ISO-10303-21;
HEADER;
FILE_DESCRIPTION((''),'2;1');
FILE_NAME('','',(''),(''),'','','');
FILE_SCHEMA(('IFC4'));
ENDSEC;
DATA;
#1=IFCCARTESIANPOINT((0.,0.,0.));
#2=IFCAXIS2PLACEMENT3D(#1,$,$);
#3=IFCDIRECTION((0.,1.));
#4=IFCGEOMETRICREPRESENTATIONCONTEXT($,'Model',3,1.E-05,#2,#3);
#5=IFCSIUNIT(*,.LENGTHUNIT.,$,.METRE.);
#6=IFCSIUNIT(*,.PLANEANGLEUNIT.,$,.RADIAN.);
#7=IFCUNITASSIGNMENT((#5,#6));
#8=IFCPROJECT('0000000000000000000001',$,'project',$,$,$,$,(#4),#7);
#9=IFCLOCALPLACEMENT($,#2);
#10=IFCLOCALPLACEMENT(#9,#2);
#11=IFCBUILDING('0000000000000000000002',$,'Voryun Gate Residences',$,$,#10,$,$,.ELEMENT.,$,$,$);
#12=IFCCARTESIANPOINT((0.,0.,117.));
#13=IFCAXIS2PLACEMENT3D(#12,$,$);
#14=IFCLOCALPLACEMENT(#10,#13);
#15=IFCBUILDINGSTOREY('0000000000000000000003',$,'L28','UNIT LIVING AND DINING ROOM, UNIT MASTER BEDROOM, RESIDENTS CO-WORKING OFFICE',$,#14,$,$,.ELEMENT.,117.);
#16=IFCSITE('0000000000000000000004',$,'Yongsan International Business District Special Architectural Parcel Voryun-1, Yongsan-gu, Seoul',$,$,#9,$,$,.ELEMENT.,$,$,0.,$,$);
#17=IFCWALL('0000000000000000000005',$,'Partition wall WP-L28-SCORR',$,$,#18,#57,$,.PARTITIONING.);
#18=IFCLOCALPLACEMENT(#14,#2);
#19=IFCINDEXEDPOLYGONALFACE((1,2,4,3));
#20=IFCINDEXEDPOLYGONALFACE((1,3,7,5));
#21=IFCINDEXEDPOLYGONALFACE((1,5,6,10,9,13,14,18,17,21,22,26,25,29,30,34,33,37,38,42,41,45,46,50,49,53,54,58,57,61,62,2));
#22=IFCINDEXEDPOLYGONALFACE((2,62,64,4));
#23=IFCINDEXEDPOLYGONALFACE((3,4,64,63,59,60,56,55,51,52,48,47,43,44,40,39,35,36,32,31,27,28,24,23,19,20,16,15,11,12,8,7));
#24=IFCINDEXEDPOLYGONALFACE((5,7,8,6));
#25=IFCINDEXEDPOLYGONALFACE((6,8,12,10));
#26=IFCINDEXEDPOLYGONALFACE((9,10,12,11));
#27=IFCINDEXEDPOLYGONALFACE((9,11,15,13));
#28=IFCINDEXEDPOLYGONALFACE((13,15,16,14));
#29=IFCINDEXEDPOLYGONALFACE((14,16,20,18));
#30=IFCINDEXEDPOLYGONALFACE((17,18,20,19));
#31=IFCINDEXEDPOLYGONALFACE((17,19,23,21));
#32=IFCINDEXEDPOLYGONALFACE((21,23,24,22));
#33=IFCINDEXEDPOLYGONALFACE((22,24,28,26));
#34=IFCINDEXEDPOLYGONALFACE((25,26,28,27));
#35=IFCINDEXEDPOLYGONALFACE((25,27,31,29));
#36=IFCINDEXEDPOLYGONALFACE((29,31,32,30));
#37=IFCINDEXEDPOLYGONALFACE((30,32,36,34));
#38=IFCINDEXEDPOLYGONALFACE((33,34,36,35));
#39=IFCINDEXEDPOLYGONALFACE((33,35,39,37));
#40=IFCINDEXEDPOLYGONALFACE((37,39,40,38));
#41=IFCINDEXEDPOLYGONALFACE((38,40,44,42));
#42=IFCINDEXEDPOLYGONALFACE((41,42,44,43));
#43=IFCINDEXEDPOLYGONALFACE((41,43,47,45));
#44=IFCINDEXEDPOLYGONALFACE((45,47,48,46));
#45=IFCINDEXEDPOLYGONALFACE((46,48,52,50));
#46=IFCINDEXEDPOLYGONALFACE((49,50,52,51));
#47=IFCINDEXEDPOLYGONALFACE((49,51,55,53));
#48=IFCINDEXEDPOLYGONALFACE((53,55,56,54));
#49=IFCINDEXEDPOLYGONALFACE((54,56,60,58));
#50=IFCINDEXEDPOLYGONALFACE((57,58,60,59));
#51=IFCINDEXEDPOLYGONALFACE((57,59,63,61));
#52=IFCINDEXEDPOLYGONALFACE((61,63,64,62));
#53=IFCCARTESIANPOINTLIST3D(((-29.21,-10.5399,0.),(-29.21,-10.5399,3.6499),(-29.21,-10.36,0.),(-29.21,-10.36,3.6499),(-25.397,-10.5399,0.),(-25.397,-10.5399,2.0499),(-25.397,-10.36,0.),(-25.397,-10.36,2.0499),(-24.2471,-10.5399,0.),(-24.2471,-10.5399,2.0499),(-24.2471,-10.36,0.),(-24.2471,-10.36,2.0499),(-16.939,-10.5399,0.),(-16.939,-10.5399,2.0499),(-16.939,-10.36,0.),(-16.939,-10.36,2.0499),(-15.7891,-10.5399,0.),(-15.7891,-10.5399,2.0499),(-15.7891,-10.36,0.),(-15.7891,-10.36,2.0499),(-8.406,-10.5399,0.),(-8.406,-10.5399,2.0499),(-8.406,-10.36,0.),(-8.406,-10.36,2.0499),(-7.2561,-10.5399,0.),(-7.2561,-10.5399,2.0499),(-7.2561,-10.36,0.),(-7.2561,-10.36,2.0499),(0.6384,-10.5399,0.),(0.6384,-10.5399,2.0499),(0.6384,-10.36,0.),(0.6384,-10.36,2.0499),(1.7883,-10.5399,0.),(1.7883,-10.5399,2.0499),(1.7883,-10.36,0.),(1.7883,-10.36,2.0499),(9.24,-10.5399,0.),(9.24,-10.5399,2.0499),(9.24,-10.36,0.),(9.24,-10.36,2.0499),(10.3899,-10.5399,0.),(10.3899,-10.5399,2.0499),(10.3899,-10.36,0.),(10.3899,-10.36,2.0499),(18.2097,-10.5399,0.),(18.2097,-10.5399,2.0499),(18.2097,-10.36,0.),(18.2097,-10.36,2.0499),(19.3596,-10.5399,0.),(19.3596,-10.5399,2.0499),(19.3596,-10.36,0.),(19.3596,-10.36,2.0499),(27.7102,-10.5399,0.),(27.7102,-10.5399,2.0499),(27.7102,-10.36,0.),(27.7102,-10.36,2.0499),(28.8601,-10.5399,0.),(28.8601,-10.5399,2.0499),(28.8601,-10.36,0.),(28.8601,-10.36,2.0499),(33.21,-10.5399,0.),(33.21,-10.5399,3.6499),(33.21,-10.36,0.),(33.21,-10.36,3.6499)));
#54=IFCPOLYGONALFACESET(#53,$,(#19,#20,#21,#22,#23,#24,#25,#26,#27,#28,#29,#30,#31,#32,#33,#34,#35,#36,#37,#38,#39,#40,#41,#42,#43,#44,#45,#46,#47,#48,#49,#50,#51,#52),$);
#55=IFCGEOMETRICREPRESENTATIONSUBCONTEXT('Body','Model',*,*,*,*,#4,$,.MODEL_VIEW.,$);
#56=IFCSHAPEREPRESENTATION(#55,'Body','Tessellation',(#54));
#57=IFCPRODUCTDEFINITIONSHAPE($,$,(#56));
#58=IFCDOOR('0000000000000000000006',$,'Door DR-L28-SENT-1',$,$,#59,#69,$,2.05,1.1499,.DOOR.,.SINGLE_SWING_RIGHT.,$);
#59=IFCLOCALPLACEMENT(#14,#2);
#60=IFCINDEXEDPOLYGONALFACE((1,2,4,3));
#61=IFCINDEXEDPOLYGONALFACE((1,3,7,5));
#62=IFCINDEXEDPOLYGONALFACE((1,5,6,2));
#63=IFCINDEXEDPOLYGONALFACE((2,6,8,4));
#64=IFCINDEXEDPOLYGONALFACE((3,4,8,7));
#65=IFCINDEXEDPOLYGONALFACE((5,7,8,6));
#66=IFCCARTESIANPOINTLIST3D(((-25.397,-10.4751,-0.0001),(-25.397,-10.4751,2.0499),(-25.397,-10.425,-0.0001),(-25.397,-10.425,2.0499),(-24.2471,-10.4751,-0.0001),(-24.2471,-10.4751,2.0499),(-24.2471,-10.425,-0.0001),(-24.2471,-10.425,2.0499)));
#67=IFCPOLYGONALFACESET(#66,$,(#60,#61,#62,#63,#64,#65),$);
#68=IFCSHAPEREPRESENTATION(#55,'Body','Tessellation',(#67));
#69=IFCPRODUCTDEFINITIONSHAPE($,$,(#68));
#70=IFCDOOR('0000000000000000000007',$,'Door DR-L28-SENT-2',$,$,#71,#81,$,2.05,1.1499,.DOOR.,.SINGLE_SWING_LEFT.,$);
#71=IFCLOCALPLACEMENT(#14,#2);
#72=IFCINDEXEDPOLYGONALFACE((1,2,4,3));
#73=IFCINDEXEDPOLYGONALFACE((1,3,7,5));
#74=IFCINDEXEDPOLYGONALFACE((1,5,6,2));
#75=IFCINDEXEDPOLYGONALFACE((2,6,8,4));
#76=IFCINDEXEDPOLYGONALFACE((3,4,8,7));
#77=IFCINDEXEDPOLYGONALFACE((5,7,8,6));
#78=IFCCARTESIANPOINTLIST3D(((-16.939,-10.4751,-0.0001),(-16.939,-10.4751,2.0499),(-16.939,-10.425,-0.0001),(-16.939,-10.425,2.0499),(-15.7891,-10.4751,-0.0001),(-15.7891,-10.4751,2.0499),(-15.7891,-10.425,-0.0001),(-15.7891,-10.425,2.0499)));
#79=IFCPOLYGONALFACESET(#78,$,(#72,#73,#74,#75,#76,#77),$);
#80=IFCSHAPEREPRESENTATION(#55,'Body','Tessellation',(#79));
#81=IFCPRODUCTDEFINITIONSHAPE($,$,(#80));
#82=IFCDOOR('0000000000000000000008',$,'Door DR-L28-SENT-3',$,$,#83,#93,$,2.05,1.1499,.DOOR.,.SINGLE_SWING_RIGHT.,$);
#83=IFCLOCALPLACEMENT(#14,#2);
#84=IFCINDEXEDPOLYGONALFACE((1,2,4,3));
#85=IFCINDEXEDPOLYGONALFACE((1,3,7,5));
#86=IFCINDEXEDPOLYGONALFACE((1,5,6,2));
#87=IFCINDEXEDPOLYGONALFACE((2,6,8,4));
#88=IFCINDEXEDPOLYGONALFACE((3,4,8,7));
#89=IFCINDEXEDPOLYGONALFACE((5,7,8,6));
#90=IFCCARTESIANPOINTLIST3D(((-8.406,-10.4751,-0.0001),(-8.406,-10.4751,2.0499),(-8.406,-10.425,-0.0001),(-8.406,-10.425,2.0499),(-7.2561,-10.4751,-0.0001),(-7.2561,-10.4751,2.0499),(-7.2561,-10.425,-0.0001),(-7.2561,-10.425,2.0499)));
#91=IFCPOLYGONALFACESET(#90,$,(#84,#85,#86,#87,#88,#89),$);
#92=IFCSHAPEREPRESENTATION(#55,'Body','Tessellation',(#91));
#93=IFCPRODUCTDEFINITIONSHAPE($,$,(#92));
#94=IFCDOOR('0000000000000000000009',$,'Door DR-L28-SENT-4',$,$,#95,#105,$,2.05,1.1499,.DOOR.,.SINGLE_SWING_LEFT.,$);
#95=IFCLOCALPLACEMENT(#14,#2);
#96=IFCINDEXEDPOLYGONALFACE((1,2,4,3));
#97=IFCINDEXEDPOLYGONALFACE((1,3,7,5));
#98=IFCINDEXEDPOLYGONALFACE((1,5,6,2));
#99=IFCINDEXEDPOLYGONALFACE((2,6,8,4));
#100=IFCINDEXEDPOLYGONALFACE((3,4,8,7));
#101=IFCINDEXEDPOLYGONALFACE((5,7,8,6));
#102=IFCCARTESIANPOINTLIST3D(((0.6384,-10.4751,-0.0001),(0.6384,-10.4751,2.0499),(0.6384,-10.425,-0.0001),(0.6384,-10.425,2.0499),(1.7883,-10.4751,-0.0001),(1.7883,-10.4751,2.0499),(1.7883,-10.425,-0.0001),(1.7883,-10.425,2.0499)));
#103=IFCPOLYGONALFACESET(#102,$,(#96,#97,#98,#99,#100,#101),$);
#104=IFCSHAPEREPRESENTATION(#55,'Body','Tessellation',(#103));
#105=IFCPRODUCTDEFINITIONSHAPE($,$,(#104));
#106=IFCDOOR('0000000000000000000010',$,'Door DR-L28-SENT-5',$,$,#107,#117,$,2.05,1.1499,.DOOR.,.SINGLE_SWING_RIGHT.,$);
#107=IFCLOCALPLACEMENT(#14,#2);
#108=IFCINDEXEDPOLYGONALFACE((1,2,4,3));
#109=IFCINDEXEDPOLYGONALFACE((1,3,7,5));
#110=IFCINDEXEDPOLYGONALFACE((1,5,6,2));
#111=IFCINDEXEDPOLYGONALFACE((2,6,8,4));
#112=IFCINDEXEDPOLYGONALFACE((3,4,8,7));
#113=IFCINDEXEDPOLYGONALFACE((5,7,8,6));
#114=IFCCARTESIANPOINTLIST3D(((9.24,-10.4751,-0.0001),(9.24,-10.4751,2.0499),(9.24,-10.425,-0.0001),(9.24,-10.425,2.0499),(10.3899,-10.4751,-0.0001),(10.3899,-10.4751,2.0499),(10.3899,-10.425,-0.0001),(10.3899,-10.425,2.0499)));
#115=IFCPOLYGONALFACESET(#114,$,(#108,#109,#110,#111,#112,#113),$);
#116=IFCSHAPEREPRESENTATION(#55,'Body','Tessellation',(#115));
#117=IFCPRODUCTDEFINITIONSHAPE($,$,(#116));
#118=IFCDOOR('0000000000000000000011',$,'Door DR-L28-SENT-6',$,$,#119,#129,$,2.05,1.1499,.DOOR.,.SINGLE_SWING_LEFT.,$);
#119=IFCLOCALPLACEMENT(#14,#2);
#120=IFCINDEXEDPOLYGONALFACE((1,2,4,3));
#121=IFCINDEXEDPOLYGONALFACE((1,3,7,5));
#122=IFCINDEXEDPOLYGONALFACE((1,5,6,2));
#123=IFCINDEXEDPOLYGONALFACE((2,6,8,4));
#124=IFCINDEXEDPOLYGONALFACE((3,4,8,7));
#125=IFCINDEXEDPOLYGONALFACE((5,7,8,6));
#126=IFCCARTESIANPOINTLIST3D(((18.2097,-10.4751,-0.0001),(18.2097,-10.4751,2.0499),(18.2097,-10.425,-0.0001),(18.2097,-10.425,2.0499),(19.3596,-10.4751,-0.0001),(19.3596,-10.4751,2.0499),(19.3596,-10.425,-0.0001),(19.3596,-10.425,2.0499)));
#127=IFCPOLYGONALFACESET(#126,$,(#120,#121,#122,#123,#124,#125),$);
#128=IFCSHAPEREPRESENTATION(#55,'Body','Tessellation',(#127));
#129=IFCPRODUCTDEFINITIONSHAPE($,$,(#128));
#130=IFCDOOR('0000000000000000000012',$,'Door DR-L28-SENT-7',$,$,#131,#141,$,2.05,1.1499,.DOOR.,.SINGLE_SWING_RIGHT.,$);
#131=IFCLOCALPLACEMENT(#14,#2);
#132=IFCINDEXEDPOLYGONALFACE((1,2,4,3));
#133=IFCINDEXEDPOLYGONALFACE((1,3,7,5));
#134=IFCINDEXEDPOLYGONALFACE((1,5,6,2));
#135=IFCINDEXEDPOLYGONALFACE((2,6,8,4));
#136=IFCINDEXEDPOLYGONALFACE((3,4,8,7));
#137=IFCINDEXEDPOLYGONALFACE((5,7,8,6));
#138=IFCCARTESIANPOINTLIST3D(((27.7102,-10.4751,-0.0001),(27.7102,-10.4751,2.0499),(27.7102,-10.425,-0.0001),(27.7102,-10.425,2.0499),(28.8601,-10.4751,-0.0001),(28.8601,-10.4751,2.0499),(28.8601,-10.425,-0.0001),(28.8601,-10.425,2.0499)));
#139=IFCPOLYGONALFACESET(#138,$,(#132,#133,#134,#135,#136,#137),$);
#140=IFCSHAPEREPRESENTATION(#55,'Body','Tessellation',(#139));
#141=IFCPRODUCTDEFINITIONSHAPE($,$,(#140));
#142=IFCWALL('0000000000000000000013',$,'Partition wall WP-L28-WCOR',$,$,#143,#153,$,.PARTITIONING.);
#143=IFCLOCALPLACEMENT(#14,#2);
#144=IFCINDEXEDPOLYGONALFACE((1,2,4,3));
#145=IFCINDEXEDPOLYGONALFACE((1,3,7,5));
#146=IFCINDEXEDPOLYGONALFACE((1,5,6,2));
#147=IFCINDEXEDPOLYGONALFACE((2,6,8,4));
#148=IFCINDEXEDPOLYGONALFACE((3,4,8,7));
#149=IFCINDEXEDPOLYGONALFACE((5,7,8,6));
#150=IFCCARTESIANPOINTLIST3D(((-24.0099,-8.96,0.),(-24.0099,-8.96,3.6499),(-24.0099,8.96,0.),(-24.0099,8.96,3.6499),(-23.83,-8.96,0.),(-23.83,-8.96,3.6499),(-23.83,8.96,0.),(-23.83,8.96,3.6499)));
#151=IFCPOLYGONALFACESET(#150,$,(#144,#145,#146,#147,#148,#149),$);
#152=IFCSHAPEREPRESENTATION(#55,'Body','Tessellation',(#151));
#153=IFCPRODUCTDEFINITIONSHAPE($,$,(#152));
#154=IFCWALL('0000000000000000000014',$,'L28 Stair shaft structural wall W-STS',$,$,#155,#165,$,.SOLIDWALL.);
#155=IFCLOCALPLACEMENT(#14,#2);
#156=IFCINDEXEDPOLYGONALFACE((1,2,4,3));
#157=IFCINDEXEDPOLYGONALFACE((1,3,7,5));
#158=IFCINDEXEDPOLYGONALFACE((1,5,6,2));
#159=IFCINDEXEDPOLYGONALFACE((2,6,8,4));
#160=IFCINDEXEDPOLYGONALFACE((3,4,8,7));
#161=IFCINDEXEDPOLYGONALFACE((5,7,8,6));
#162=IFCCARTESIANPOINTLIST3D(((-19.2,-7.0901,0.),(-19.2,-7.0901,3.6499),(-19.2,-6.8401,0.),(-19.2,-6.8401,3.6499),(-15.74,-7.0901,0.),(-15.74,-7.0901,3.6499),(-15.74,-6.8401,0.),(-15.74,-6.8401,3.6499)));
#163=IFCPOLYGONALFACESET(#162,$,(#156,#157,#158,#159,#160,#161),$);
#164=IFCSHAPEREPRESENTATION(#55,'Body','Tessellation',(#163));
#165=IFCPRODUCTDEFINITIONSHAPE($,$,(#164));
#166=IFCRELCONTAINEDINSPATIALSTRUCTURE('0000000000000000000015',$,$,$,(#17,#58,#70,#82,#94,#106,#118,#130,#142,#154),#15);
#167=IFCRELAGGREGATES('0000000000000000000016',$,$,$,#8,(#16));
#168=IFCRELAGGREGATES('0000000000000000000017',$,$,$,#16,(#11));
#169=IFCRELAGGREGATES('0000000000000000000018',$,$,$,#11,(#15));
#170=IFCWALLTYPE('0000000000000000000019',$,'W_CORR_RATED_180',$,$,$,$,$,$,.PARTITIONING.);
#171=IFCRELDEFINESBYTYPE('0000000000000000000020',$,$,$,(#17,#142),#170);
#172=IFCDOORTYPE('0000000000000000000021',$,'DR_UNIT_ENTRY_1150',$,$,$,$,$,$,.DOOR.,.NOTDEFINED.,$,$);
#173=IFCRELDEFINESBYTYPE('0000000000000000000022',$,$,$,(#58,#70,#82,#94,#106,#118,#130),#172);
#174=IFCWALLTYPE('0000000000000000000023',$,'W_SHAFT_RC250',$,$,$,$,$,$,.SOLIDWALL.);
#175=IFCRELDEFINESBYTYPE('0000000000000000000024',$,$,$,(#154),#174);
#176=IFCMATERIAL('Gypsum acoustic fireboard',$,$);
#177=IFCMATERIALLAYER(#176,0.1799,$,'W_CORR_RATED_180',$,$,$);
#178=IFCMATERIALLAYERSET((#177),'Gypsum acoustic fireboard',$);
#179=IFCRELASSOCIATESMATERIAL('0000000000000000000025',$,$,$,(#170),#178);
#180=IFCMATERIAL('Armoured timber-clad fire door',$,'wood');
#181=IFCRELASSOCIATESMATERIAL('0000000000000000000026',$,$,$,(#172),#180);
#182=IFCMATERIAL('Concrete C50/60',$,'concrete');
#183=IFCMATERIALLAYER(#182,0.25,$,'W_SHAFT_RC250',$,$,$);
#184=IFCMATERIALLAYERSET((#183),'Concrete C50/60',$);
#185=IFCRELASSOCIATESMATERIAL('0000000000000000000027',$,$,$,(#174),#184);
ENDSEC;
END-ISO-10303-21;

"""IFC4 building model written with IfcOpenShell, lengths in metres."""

from ifc_helpers import new_model, si_unit, direction, frame, frame_2d, origin, place, context, subcontext, project, spatial, rectangle, extrude, material, layer, layer_set, type_object, element, fill, save


model = new_model("IFC4")

# Units and contexts
model_context = context("Model", 3, precision=1e-05, world=origin(), true_north=direction((0.0, 1.0)))
body_context = subcontext(model_context, "Body", "Model", "MODEL_VIEW")
ifc_project = project(units=[si_unit("LENGTHUNIT", "METRE"), si_unit("PLANEANGLEUNIT", "RADIAN")], contexts=[model_context])

# Site, building, storey
site_placement = place(None, origin())
site = spatial("IfcSite", under=ifc_project, at=site_placement, Name="Yongsan International Business District Special Architectural Parcel Voryun-1, Yongsan-gu, Seoul", CompositionType="ELEMENT", RefElevation=0.0)
building_placement = place(site_placement, origin())
building = spatial("IfcBuilding", under=site, at=building_placement, Name="Voryun Gate Residences", CompositionType="ELEMENT")
storey_placement = place(building_placement, frame((0.0, 0.0, 117.0)))
storey = spatial("IfcBuildingStorey", under=building, at=storey_placement, Name="L28", Description="UNIT LIVING AND DINING ROOM, UNIT MASTER BEDROOM, RESIDENTS CO-WORKING OFFICE", CompositionType="ELEMENT", Elevation=117.0)

# Shared definitions
ifc_material_1 = material(Name="Gypsum acoustic fireboard")
ifc_layer_1 = layer(ifc_material_1, 0.1799, Name="W_CORR_RATED_180")
ifc_layer_set_1 = layer_set([ifc_layer_1], Name="Gypsum acoustic fireboard")
wall_type_1 = type_object("IfcWallType", Name="W_CORR_RATED_180", PredefinedType="PARTITIONING", material=ifc_layer_set_1)

# Wall, openings, doors
wall_1_placement = place(storey_placement, frame((-29.21, -10.45, 0.0), z_axis=(0.0, 0.0, 1.0), x_axis=(1.0, 0.0, 0.0)))
wall_1 = element("IfcWall", 1, at=wall_1_placement, inside=storey, type_object=wall_type_1, Name="Partition wall WP-L28-SCORR", PredefinedType="PARTITIONING", context=body_context, shape_type="SweptSolid", body=[
    extrude(rectangle(XDim=62.4199, YDim=0.1799, at=frame_2d((31.21, 0.0))), origin(), (0.0, 0.0, 1.0), 3.6499),
])
opening_1_placement = place(wall_1_placement, frame((3.813, 0.0, 0.0)))
opening_1 = element("IfcOpeningElement", 2, at=opening_1_placement, cuts=wall_1, PredefinedType="OPENING", context=body_context, shape_type="SweptSolid", body=[
    extrude(rectangle(XDim=1.1499, YDim=2.05, at=frame_2d((0.575, 1.0249))), frame((0.0, 0.0999, 0.0), z_axis=(0.0, -1.0, 0.0), x_axis=(1.0, 0.0, 0.0)), (0.0, 0.0, 1.0), 0.2),
])
opening_2_placement = place(wall_1_placement, frame((12.271, 0.0, 0.0)))
opening_2 = element("IfcOpeningElement", 3, at=opening_2_placement, cuts=wall_1, PredefinedType="OPENING", context=body_context, shape_type="SweptSolid", body=[
    extrude(rectangle(XDim=1.1499, YDim=2.05, at=frame_2d((0.575, 1.0249))), frame((0.0, 0.0999, 0.0), z_axis=(0.0, -1.0, 0.0), x_axis=(1.0, 0.0, 0.0)), (0.0, 0.0, 1.0), 0.2),
])
opening_3_placement = place(wall_1_placement, frame((20.804, 0.0, 0.0)))
opening_3 = element("IfcOpeningElement", 4, at=opening_3_placement, cuts=wall_1, PredefinedType="OPENING", context=body_context, shape_type="SweptSolid", body=[
    extrude(rectangle(XDim=1.1499, YDim=2.05, at=frame_2d((0.575, 1.0249))), frame((0.0, 0.0999, 0.0), z_axis=(0.0, -1.0, 0.0), x_axis=(1.0, 0.0, 0.0)), (0.0, 0.0, 1.0), 0.2),
])
opening_4_placement = place(wall_1_placement, frame((29.8484, 0.0, 0.0)))
opening_4 = element("IfcOpeningElement", 5, at=opening_4_placement, cuts=wall_1, PredefinedType="OPENING", context=body_context, shape_type="SweptSolid", body=[
    extrude(rectangle(XDim=1.1499, YDim=2.05, at=frame_2d((0.575, 1.0249))), frame((0.0, 0.0999, 0.0), z_axis=(0.0, -1.0, 0.0), x_axis=(1.0, 0.0, 0.0)), (0.0, 0.0, 1.0), 0.2),
])
opening_5_placement = place(wall_1_placement, frame((38.45, 0.0, 0.0)))
opening_5 = element("IfcOpeningElement", 6, at=opening_5_placement, cuts=wall_1, PredefinedType="OPENING", context=body_context, shape_type="SweptSolid", body=[
    extrude(rectangle(XDim=1.1499, YDim=2.05, at=frame_2d((0.575, 1.0249))), frame((0.0, 0.0999, 0.0), z_axis=(0.0, -1.0, 0.0), x_axis=(1.0, 0.0, 0.0)), (0.0, 0.0, 1.0), 0.2),
])
opening_6_placement = place(wall_1_placement, frame((47.4197, 0.0, 0.0)))
opening_6 = element("IfcOpeningElement", 7, at=opening_6_placement, cuts=wall_1, PredefinedType="OPENING", context=body_context, shape_type="SweptSolid", body=[
    extrude(rectangle(XDim=1.1499, YDim=2.05, at=frame_2d((0.575, 1.0249))), frame((0.0, 0.0999, 0.0), z_axis=(0.0, -1.0, 0.0), x_axis=(1.0, 0.0, 0.0)), (0.0, 0.0, 1.0), 0.2),
])
opening_7_placement = place(wall_1_placement, frame((56.9202, 0.0, 0.0)))
opening_7 = element("IfcOpeningElement", 8, at=opening_7_placement, cuts=wall_1, PredefinedType="OPENING", context=body_context, shape_type="SweptSolid", body=[
    extrude(rectangle(XDim=1.1499, YDim=2.05, at=frame_2d((0.575, 1.0249))), frame((0.0, 0.0999, 0.0), z_axis=(0.0, -1.0, 0.0), x_axis=(1.0, 0.0, 0.0)), (0.0, 0.0, 1.0), 0.2),
])
ifc_material_2 = material(Name="Armoured timber-clad fire door", Category="wood")
door_type_1 = type_object("IfcDoorType", Name="DR_UNIT_ENTRY_1150", OperationType="NOTDEFINED", PredefinedType="DOOR", material=ifc_material_2)
door_1_placement = place(opening_1_placement, origin())
door_1 = element("IfcDoor", 9, at=door_1_placement, inside=storey, type_object=door_type_1, Name="Door DR-L28-SENT-1", OperationType="SINGLE_SWING_RIGHT", OverallHeight=2.05, OverallWidth=1.1499, PredefinedType="DOOR", context=body_context, shape_type="SweptSolid", body=[
    extrude(rectangle(XDim=1.1499, YDim=2.05, at=frame_2d((0.575, 1.0249))), frame((0.0, 0.0249, 0.0), z_axis=(0.0, -1.0, 0.0), x_axis=(1.0, 0.0, 0.0)), (0.0, 0.0, 1.0), 0.05),
])
fill(opening_1, door_1)
door_2_placement = place(opening_2_placement, origin())
door_2 = element("IfcDoor", 10, at=door_2_placement, inside=storey, type_object=door_type_1, Name="Door DR-L28-SENT-2", OperationType="SINGLE_SWING_LEFT", OverallHeight=2.05, OverallWidth=1.1499, PredefinedType="DOOR", context=body_context, shape_type="SweptSolid", body=[
    extrude(rectangle(XDim=1.1499, YDim=2.05, at=frame_2d((0.575, 1.0249))), frame((0.0, 0.0249, 0.0), z_axis=(0.0, -1.0, 0.0), x_axis=(1.0, 0.0, 0.0)), (0.0, 0.0, 1.0), 0.05),
])
fill(opening_2, door_2)
door_3_placement = place(opening_3_placement, origin())
door_3 = element("IfcDoor", 11, at=door_3_placement, inside=storey, type_object=door_type_1, Name="Door DR-L28-SENT-3", OperationType="SINGLE_SWING_RIGHT", OverallHeight=2.05, OverallWidth=1.1499, PredefinedType="DOOR", context=body_context, shape_type="SweptSolid", body=[
    extrude(rectangle(XDim=1.1499, YDim=2.05, at=frame_2d((0.575, 1.0249))), frame((0.0, 0.0249, 0.0), z_axis=(0.0, -1.0, 0.0), x_axis=(1.0, 0.0, 0.0)), (0.0, 0.0, 1.0), 0.05),
])
fill(opening_3, door_3)
door_4_placement = place(opening_4_placement, origin())
door_4 = element("IfcDoor", 12, at=door_4_placement, inside=storey, type_object=door_type_1, Name="Door DR-L28-SENT-4", OperationType="SINGLE_SWING_LEFT", OverallHeight=2.05, OverallWidth=1.1499, PredefinedType="DOOR", context=body_context, shape_type="SweptSolid", body=[
    extrude(rectangle(XDim=1.1499, YDim=2.05, at=frame_2d((0.575, 1.0249))), frame((0.0, 0.0249, 0.0), z_axis=(0.0, -1.0, 0.0), x_axis=(1.0, 0.0, 0.0)), (0.0, 0.0, 1.0), 0.05),
])
fill(opening_4, door_4)
door_5_placement = place(opening_5_placement, origin())
door_5 = element("IfcDoor", 13, at=door_5_placement, inside=storey, type_object=door_type_1, Name="Door DR-L28-SENT-5", OperationType="SINGLE_SWING_RIGHT", OverallHeight=2.05, OverallWidth=1.1499, PredefinedType="DOOR", context=body_context, shape_type="SweptSolid", body=[
    extrude(rectangle(XDim=1.1499, YDim=2.05, at=frame_2d((0.575, 1.0249))), frame((0.0, 0.0249, 0.0), z_axis=(0.0, -1.0, 0.0), x_axis=(1.0, 0.0, 0.0)), (0.0, 0.0, 1.0), 0.05),
])
fill(opening_5, door_5)
door_6_placement = place(opening_6_placement, origin())
door_6 = element("IfcDoor", 14, at=door_6_placement, inside=storey, type_object=door_type_1, Name="Door DR-L28-SENT-6", OperationType="SINGLE_SWING_LEFT", OverallHeight=2.05, OverallWidth=1.1499, PredefinedType="DOOR", context=body_context, shape_type="SweptSolid", body=[
    extrude(rectangle(XDim=1.1499, YDim=2.05, at=frame_2d((0.575, 1.0249))), frame((0.0, 0.0249, 0.0), z_axis=(0.0, -1.0, 0.0), x_axis=(1.0, 0.0, 0.0)), (0.0, 0.0, 1.0), 0.05),
])
fill(opening_6, door_6)
door_7_placement = place(opening_7_placement, origin())
door_7 = element("IfcDoor", 15, at=door_7_placement, inside=storey, type_object=door_type_1, Name="Door DR-L28-SENT-7", OperationType="SINGLE_SWING_RIGHT", OverallHeight=2.05, OverallWidth=1.1499, PredefinedType="DOOR", context=body_context, shape_type="SweptSolid", body=[
    extrude(rectangle(XDim=1.1499, YDim=2.05, at=frame_2d((0.575, 1.0249))), frame((0.0, 0.0249, 0.0), z_axis=(0.0, -1.0, 0.0), x_axis=(1.0, 0.0, 0.0)), (0.0, 0.0, 1.0), 0.05),
])
fill(opening_7, door_7)

# Walls
wall_2_placement = place(storey_placement, frame((-23.9199, -8.96, 0.0), z_axis=(0.0, 0.0, 1.0), x_axis=(0.0, 1.0, 0.0)))
element("IfcWall", 16, at=wall_2_placement, inside=storey, type_object=wall_type_1, Name="Partition wall WP-L28-WCOR", PredefinedType="PARTITIONING", context=body_context, shape_type="SweptSolid", body=[
    extrude(rectangle(XDim=17.9199, YDim=0.1799, at=frame_2d((8.96, 0.0))), origin(), (0.0, 0.0, 1.0), 3.6499),
])
ifc_material_3 = material(Name="Concrete C50/60", Category="concrete")
ifc_layer_2 = layer(ifc_material_3, 0.25, Name="W_SHAFT_RC250")
ifc_layer_set_2 = layer_set([ifc_layer_2], Name="Concrete C50/60")
wall_type_2 = type_object("IfcWallType", Name="W_SHAFT_RC250", PredefinedType="SOLIDWALL", material=ifc_layer_set_2)
wall_3_placement = place(storey_placement, frame((-19.2, -6.9651, 0.0), z_axis=(0.0, 0.0, 1.0), x_axis=(1.0, 0.0, 0.0)))
element("IfcWall", 17, at=wall_3_placement, inside=storey, type_object=wall_type_2, Name="L28 Stair shaft structural wall W-STS", PredefinedType="SOLIDWALL", context=body_context, shape_type="SweptSolid", body=[
    extrude(rectangle(XDim=3.46, YDim=0.25, at=frame_2d((1.73, 0.0))), origin(), (0.0, 0.0, 1.0), 3.6499),
])

save(model, "model.ifc")
